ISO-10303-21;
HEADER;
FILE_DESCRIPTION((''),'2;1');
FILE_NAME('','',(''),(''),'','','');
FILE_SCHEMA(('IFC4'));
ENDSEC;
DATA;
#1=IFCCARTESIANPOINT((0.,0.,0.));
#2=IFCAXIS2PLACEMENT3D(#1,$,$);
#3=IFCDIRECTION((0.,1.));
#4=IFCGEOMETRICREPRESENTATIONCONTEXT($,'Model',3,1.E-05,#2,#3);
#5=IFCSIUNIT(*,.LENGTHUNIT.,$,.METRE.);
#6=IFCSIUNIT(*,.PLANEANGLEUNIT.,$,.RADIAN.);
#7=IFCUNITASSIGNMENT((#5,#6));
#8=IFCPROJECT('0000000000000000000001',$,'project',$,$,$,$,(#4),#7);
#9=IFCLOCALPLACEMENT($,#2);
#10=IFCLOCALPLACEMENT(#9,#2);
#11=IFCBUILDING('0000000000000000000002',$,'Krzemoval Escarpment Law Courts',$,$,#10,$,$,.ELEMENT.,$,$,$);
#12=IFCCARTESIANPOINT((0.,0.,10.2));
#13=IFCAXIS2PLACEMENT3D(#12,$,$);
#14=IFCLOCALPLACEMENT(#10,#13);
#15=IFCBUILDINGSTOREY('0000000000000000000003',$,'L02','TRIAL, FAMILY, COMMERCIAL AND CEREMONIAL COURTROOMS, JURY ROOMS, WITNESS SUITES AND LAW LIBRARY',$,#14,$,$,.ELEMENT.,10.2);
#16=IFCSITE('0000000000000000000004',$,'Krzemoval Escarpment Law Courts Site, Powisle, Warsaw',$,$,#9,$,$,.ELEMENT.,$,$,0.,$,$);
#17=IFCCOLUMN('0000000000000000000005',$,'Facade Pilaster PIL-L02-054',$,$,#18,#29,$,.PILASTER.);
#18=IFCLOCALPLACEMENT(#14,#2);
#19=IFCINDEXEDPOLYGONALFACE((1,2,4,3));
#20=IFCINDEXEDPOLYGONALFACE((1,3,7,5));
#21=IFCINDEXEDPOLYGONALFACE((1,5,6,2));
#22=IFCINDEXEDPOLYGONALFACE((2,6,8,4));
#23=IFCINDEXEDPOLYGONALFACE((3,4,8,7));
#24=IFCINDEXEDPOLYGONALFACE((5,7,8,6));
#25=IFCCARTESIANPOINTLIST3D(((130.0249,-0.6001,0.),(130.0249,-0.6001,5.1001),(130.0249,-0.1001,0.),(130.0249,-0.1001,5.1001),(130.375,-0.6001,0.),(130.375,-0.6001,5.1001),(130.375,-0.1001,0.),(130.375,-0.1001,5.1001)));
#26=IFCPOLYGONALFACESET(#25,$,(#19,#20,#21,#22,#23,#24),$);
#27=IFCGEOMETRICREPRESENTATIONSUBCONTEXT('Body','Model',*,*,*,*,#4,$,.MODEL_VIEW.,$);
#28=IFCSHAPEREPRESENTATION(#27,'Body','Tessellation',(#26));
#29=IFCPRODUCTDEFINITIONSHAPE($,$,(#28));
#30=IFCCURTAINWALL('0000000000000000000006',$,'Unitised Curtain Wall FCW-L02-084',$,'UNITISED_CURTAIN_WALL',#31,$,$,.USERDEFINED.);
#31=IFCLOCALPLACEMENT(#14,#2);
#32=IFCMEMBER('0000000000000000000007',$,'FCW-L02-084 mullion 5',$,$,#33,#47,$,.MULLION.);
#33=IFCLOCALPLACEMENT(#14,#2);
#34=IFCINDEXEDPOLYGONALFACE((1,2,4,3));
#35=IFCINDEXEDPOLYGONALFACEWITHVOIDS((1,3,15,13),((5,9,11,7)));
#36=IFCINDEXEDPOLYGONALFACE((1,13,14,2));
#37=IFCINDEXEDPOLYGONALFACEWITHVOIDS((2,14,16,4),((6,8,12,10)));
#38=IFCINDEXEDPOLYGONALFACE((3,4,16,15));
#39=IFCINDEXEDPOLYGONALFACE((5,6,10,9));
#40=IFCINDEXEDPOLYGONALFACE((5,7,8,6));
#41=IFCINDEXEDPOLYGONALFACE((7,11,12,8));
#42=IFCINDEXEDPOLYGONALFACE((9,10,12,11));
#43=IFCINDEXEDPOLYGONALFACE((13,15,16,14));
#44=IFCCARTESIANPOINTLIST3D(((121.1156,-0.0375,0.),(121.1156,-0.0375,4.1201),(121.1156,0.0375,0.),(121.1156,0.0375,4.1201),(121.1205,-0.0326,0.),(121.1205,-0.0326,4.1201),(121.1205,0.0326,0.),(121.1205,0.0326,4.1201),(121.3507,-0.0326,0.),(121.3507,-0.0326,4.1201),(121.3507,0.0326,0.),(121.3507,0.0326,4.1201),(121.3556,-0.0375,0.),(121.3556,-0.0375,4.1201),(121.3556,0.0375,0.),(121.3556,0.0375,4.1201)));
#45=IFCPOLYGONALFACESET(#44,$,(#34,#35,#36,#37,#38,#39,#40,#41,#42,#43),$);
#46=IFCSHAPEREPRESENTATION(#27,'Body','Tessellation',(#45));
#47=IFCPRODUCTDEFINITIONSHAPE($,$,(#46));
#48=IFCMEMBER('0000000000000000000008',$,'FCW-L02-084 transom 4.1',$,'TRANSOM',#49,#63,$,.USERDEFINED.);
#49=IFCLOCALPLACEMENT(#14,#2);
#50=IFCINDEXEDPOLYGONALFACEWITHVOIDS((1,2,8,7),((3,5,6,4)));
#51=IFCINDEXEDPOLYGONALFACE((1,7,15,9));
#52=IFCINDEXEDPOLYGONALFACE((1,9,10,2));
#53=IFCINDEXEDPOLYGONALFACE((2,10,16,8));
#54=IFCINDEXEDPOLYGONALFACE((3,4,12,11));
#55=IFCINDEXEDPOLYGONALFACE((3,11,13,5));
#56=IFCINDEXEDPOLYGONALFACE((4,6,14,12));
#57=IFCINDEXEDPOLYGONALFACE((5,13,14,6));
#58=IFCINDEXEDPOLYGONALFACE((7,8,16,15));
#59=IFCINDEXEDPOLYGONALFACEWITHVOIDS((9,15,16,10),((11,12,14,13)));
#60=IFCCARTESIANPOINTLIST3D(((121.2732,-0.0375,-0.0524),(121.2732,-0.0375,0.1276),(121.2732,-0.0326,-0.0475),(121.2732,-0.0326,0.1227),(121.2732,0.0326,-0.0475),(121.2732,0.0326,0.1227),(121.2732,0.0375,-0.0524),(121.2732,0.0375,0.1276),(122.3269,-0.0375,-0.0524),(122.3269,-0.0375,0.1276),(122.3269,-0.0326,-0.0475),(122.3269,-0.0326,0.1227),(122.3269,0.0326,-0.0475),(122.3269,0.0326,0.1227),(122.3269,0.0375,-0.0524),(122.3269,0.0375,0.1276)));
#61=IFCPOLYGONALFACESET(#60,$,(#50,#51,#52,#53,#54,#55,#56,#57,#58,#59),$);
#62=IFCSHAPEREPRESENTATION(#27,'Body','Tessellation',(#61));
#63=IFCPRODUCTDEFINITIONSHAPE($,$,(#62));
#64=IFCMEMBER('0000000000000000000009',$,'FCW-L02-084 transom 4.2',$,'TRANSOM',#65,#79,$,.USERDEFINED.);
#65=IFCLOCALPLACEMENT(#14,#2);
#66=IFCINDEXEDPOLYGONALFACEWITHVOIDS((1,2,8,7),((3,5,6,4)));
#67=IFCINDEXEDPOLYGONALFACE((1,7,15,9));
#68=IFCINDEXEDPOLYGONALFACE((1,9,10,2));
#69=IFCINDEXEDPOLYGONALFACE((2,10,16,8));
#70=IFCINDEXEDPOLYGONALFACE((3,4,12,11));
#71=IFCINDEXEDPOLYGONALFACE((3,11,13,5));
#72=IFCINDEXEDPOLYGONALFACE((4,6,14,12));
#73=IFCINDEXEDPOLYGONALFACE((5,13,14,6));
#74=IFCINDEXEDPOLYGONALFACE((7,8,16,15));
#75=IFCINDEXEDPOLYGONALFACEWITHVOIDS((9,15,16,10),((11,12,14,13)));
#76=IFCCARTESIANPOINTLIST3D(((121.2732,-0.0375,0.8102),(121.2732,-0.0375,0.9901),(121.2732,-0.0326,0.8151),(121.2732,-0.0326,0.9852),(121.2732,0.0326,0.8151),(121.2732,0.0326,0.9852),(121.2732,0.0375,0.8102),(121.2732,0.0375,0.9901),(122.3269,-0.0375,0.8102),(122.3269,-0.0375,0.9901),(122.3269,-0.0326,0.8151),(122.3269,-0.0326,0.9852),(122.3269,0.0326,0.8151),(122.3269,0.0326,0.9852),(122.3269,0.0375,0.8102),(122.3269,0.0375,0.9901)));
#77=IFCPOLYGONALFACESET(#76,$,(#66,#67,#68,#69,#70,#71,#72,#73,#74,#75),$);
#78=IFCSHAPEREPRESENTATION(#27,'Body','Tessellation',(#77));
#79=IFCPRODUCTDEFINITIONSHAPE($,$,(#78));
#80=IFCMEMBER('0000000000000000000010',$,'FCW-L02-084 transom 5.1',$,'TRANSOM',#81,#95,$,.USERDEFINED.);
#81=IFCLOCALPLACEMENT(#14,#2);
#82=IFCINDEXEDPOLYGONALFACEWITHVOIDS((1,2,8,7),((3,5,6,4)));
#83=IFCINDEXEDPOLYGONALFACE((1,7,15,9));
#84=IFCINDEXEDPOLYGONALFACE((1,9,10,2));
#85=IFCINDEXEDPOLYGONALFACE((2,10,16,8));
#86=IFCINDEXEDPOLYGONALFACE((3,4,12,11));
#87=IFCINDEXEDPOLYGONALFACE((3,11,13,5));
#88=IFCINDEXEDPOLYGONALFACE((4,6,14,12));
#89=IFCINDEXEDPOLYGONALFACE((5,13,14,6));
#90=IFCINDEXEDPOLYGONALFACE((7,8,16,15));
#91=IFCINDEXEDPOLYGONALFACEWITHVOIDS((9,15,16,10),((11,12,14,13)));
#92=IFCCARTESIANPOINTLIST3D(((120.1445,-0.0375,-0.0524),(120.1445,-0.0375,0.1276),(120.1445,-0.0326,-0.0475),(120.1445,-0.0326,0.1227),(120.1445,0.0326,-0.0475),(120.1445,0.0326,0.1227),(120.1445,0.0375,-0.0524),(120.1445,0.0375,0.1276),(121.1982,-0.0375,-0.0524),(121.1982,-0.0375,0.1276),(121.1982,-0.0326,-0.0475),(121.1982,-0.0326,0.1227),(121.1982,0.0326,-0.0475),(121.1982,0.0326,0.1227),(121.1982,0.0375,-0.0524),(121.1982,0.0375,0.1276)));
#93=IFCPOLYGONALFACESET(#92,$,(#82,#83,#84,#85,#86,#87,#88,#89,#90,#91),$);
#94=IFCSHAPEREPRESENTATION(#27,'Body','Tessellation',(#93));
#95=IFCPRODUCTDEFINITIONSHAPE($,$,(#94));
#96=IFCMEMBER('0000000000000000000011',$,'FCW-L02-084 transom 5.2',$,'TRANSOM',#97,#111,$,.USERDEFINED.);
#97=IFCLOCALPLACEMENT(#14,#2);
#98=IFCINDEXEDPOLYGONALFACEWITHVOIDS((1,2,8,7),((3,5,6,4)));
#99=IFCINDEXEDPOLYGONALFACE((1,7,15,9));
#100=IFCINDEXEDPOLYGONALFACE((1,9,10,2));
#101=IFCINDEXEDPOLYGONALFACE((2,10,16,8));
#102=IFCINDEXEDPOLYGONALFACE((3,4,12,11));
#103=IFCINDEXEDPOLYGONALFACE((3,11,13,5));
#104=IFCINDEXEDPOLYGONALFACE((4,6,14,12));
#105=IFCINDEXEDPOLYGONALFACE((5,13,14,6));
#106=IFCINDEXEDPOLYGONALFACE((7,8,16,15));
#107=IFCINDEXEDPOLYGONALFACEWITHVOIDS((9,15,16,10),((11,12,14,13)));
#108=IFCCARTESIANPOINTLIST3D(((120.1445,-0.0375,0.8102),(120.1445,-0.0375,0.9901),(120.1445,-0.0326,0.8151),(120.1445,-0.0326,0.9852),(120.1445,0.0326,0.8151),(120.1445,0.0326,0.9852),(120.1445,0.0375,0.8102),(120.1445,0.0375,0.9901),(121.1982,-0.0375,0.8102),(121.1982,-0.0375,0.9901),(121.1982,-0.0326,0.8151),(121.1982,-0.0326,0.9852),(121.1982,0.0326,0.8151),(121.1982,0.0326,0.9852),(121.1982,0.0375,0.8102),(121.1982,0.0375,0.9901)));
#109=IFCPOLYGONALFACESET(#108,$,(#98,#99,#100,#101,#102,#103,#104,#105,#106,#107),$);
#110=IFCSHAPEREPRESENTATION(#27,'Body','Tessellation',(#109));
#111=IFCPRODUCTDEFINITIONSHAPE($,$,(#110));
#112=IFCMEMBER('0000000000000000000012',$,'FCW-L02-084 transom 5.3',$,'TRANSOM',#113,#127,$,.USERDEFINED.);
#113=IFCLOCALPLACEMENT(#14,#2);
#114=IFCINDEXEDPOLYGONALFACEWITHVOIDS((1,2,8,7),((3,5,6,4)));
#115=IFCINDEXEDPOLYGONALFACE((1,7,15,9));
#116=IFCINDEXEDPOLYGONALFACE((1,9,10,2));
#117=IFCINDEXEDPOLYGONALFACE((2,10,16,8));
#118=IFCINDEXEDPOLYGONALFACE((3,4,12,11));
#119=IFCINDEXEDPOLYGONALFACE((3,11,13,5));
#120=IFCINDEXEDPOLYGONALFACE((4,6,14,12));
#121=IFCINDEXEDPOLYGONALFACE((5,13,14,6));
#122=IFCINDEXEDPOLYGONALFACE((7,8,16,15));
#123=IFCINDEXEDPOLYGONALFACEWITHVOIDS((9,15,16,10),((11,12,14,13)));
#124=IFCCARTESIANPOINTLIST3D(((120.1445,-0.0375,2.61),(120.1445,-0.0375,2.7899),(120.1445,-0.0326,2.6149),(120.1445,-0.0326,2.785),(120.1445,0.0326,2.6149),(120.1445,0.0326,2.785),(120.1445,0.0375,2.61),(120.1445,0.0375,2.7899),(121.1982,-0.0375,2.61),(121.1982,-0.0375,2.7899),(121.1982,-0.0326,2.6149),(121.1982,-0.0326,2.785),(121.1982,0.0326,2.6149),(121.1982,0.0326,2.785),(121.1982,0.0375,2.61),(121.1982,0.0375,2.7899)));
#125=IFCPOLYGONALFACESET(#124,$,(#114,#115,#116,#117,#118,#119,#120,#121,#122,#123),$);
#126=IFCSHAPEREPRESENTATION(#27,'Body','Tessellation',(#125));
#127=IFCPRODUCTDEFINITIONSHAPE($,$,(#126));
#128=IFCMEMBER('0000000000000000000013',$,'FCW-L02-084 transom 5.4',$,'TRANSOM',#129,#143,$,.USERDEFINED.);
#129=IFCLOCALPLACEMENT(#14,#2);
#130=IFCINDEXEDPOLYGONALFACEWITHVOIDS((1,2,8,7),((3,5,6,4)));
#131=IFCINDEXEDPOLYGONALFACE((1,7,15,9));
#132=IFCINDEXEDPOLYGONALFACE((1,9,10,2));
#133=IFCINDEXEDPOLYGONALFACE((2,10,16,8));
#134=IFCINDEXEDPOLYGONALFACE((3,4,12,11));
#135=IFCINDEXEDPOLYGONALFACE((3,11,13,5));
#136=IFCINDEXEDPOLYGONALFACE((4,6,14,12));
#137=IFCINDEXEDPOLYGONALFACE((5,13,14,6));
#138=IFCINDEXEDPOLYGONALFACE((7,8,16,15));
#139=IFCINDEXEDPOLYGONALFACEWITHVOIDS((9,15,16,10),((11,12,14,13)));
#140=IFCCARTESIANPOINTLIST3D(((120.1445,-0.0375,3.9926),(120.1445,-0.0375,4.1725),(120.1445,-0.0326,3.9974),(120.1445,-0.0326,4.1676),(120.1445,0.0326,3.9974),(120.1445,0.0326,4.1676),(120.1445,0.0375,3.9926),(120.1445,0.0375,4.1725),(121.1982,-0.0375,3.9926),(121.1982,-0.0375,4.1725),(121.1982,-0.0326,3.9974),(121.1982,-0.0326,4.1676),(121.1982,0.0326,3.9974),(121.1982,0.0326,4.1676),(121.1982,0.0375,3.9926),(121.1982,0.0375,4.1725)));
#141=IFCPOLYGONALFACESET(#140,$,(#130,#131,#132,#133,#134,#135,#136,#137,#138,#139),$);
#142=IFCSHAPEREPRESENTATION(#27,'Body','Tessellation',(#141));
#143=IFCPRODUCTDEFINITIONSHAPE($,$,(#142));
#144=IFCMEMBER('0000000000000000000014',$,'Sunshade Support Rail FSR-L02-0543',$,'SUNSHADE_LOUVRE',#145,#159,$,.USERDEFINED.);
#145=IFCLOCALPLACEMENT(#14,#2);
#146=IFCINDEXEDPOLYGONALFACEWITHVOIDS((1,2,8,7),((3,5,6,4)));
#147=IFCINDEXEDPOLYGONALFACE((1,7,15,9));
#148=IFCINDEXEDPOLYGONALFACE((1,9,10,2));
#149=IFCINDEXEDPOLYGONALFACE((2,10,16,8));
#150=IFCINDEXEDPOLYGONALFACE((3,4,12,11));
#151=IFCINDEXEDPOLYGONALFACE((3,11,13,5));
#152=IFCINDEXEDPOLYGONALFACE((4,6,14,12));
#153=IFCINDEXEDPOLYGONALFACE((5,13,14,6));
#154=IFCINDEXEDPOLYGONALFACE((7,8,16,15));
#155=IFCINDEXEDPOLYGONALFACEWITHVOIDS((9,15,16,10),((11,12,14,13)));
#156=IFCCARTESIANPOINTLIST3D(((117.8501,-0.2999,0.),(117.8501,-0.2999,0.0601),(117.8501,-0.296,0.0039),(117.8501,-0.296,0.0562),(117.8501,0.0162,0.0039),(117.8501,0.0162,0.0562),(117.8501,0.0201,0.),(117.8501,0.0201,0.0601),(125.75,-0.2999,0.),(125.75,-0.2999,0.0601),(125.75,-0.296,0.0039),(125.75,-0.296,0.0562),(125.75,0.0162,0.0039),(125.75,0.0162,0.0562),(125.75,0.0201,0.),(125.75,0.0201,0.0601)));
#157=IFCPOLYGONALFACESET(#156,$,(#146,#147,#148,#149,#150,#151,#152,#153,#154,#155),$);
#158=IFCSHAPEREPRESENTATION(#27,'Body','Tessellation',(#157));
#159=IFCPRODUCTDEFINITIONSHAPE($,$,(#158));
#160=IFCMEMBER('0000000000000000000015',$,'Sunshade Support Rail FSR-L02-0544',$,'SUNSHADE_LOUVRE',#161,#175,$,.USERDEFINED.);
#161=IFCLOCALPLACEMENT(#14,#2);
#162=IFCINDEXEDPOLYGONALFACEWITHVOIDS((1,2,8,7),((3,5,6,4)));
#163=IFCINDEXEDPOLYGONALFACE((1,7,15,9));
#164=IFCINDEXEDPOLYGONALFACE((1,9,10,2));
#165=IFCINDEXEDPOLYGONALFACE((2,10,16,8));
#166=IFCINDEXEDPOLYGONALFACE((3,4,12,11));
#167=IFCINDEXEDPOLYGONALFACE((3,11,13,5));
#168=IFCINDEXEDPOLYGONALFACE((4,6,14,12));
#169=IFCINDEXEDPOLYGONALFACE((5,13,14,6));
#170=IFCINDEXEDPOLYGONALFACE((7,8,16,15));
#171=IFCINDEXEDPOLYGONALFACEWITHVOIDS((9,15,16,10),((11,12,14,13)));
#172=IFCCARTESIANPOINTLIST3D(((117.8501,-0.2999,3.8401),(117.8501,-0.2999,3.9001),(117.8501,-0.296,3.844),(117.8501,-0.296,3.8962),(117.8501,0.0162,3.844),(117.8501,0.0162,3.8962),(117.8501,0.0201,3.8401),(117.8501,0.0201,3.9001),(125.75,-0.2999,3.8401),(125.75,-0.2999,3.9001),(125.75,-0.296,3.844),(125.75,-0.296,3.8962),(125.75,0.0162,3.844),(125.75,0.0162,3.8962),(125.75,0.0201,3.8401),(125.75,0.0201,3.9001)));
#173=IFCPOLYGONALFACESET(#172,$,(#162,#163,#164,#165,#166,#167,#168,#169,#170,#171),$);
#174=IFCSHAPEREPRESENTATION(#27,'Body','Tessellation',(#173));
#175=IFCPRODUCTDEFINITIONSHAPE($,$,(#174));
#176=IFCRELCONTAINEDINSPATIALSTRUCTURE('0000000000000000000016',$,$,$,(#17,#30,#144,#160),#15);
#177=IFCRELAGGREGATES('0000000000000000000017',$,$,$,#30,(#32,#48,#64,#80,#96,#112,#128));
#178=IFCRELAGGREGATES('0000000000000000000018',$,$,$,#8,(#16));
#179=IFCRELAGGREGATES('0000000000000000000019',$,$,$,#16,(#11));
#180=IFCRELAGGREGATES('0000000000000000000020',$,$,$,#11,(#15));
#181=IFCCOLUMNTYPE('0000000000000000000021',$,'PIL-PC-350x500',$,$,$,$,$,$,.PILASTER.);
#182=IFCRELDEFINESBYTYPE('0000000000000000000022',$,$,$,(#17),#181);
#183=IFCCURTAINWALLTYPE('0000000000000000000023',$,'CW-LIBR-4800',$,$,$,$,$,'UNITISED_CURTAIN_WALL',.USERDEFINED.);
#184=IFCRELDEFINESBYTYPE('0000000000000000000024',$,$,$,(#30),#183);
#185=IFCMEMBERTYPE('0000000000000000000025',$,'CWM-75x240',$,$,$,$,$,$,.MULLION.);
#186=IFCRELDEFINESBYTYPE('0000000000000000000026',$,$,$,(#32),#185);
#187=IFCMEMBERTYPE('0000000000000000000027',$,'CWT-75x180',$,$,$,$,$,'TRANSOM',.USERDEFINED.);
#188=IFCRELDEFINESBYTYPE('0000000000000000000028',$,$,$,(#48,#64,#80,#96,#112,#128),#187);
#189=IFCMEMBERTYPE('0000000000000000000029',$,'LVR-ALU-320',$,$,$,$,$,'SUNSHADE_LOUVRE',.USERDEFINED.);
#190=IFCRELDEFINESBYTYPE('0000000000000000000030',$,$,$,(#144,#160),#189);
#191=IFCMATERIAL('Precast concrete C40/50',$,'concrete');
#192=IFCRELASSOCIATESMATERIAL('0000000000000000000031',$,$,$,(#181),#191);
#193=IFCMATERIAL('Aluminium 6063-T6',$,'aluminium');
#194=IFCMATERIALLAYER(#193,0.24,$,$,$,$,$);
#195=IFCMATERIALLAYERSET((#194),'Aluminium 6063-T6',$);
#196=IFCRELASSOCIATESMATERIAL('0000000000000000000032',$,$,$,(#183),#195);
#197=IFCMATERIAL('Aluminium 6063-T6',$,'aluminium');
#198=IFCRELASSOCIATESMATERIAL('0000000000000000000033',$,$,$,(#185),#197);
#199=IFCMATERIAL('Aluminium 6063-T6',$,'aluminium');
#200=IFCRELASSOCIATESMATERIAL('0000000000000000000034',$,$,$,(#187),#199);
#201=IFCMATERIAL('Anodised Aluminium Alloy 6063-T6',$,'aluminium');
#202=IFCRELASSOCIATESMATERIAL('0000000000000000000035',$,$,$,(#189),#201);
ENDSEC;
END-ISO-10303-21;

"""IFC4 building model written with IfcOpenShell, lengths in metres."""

from ifc_helpers import new_model, si_unit, direction, frame, origin, origin_2d, place, context, subcontext, project, spatial, rectangle, hollow_rectangle, extrude, material, layer, layer_set, material_profile, profile_set, type_object, element, aggregate, save


model = new_model("IFC4")

# Units and contexts
model_context = context("Model", 3, precision=1e-05, world=origin(), true_north=direction((0.0, 1.0)))
body_context = subcontext(model_context, "Body", "Model", "MODEL_VIEW")
ifc_project = project(units=[si_unit("LENGTHUNIT", "METRE"), si_unit("PLANEANGLEUNIT", "RADIAN")], contexts=[model_context])

# Site, building, storey
site_placement = place(None, origin())
site = spatial("IfcSite", under=ifc_project, at=site_placement, Name="Krzemoval Escarpment Law Courts Site, Powisle, Warsaw", CompositionType="ELEMENT", RefElevation=0.0)
building_placement = place(site_placement, origin())
building = spatial("IfcBuilding", under=site, at=building_placement, Name="Krzemoval Escarpment Law Courts", CompositionType="ELEMENT")
storey_placement = place(building_placement, frame((0.0, 0.0, 10.2)))
storey = spatial("IfcBuildingStorey", under=building, at=storey_placement, Name="L02", Description="TRIAL, FAMILY, COMMERCIAL AND CEREMONIAL COURTROOMS, JURY ROOMS, WITNESS SUITES AND LAW LIBRARY", CompositionType="ELEMENT", Elevation=10.2)

# Column
ifc_material_1 = material(Name="Precast concrete C40/50", Category="concrete")
ifc_material_profile_1 = material_profile(ifc_material_1, rectangle(XDim=0.3501, YDim=0.5, at=origin_2d()), Name="PIL 350x500")
ifc_profile_set_1 = profile_set([ifc_material_profile_1], Name="Precast concrete C40/50")
column_type = type_object("IfcColumnType", Name="PIL-PC-350x500", PredefinedType="PILASTER", material=ifc_profile_set_1)
column_placement = place(storey_placement, frame((130.2, -0.3501, 0.0), z_axis=(0.0, 0.0, 1.0), x_axis=(1.0, 0.0, 0.0)))
element("IfcColumn", 1, at=column_placement, inside=storey, type_object=column_type, Name="Facade Pilaster PIL-L02-054", PredefinedType="PILASTER", context=body_context, shape_type="SweptSolid", body=[
    extrude(rectangle(XDim=0.3501, YDim=0.5, at=origin_2d()), origin(), (0.0, 0.0, 1.0), 5.1001),
])

# Curtain wall, members
ifc_material_2 = material(Name="Aluminium 6063-T6", Category="aluminium")
ifc_layer_1 = layer(ifc_material_2, 0.24)
ifc_layer_set_1 = layer_set([ifc_layer_1], Name="Aluminium 6063-T6")
curtain_wall_type = type_object("IfcCurtainWallType", Name="CW-LIBR-4800", ElementType="UNITISED_CURTAIN_WALL", PredefinedType="USERDEFINED", material=ifc_layer_set_1)
curtain_wall_placement = place(storey_placement, origin())
curtain_wall = element("IfcCurtainWall", 2, at=curtain_wall_placement, inside=storey, type_object=curtain_wall_type, Name="Unitised Curtain Wall FCW-L02-084", ObjectType="UNITISED_CURTAIN_WALL", PredefinedType="USERDEFINED")
ifc_material_3 = material(Name="Aluminium 6063-T6", Category="aluminium")
ifc_material_profile_2 = material_profile(ifc_material_3, hollow_rectangle(XDim=0.075, YDim=0.24, WallThickness=0.0049, at=origin_2d()), Name="ALU M75x240")
ifc_profile_set_2 = profile_set([ifc_material_profile_2], Name="Aluminium 6063-T6")
member_type_1 = type_object("IfcMemberType", Name="CWM-75x240", PredefinedType="MULLION", material=ifc_profile_set_2)
member_1_placement = place(storey_placement, frame((121.2356, 0.0, 0.0), z_axis=(0.0, 0.0, 1.0), x_axis=(0.0, -1.0, 0.0)))
member_1 = element("IfcMember", 3, at=member_1_placement, type_object=member_type_1, Name="FCW-L02-084 mullion 5", PredefinedType="MULLION", context=body_context, shape_type="SweptSolid", body=[
    extrude(hollow_rectangle(XDim=0.075, YDim=0.24, WallThickness=0.0049, at=origin_2d()), origin(), (0.0, 0.0, 1.0), 4.1201),
])
ifc_material_4 = material(Name="Aluminium 6063-T6", Category="aluminium")
ifc_material_profile_3 = material_profile(ifc_material_4, hollow_rectangle(XDim=0.075, YDim=0.1799, WallThickness=0.0049, at=origin_2d()), Name="ALU T75x180")
ifc_profile_set_3 = profile_set([ifc_material_profile_3], Name="Aluminium 6063-T6")
member_type_2 = type_object("IfcMemberType", Name="CWT-75x180", ElementType="TRANSOM", PredefinedType="USERDEFINED", material=ifc_profile_set_3)
member_2_placement = place(storey_placement, frame((122.3269, 0.0, 0.0376), z_axis=(-1.0, 0.0, 0.0), x_axis=(0.0, -1.0, 0.0)))
member_2 = element("IfcMember", 4, at=member_2_placement, type_object=member_type_2, Name="FCW-L02-084 transom 4.1", ObjectType="TRANSOM", PredefinedType="USERDEFINED", context=body_context, shape_type="SweptSolid", body=[
    extrude(hollow_rectangle(XDim=0.075, YDim=0.1799, WallThickness=0.0049, at=origin_2d()), origin(), (0.0, 0.0, 1.0), 1.0537),
])
member_3_placement = place(storey_placement, frame((122.3269, 0.0, 0.9001), z_axis=(-1.0, 0.0, 0.0), x_axis=(0.0, -1.0, 0.0)))
member_3 = element("IfcMember", 5, at=member_3_placement, type_object=member_type_2, Name="FCW-L02-084 transom 4.2", ObjectType="TRANSOM", PredefinedType="USERDEFINED", context=body_context, shape_type="SweptSolid", body=[
    extrude(hollow_rectangle(XDim=0.075, YDim=0.1799, WallThickness=0.0049, at=origin_2d()), origin(), (0.0, 0.0, 1.0), 1.0537),
])
member_4_placement = place(storey_placement, frame((121.1982, 0.0, 0.0376), z_axis=(-1.0, 0.0, 0.0), x_axis=(0.0, -1.0, 0.0)))
member_4 = element("IfcMember", 6, at=member_4_placement, type_object=member_type_2, Name="FCW-L02-084 transom 5.1", ObjectType="TRANSOM", PredefinedType="USERDEFINED", context=body_context, shape_type="SweptSolid", body=[
    extrude(hollow_rectangle(XDim=0.075, YDim=0.1799, WallThickness=0.0049, at=origin_2d()), origin(), (0.0, 0.0, 1.0), 1.0537),
])
member_5_placement = place(storey_placement, frame((121.1982, 0.0, 0.9001), z_axis=(-1.0, 0.0, 0.0), x_axis=(0.0, -1.0, 0.0)))
member_5 = element("IfcMember", 7, at=member_5_placement, type_object=member_type_2, Name="FCW-L02-084 transom 5.2", ObjectType="TRANSOM", PredefinedType="USERDEFINED", context=body_context, shape_type="SweptSolid", body=[
    extrude(hollow_rectangle(XDim=0.075, YDim=0.1799, WallThickness=0.0049, at=origin_2d()), origin(), (0.0, 0.0, 1.0), 1.0537),
])
member_6_placement = place(storey_placement, frame((121.1982, 0.0, 2.7), z_axis=(-1.0, 0.0, 0.0), x_axis=(0.0, -1.0, 0.0)))
member_6 = element("IfcMember", 8, at=member_6_placement, type_object=member_type_2, Name="FCW-L02-084 transom 5.3", ObjectType="TRANSOM", PredefinedType="USERDEFINED", context=body_context, shape_type="SweptSolid", body=[
    extrude(hollow_rectangle(XDim=0.075, YDim=0.1799, WallThickness=0.0049, at=origin_2d()), origin(), (0.0, 0.0, 1.0), 1.0537),
])
member_7_placement = place(storey_placement, frame((121.1982, 0.0, 4.0825), z_axis=(-1.0, 0.0, 0.0), x_axis=(0.0, -1.0, 0.0)))
member_7 = element("IfcMember", 9, at=member_7_placement, type_object=member_type_2, Name="FCW-L02-084 transom 5.4", ObjectType="TRANSOM", PredefinedType="USERDEFINED", context=body_context, shape_type="SweptSolid", body=[
    extrude(hollow_rectangle(XDim=0.075, YDim=0.1799, WallThickness=0.0049, at=origin_2d()), origin(), (0.0, 0.0, 1.0), 1.0537),
])

# Members
ifc_material_5 = material(Name="Anodised Aluminium Alloy 6063-T6", Category="aluminium")
ifc_material_profile_4 = material_profile(ifc_material_5, hollow_rectangle(XDim=0.0601, YDim=0.3201, WallThickness=0.0039, at=origin_2d()), Name="ALU LVR 60x320")
ifc_profile_set_4 = profile_set([ifc_material_profile_4], Name="Anodised Aluminium Alloy 6063-T6")
member_type_3 = type_object("IfcMemberType", Name="LVR-ALU-320", ElementType="SUNSHADE_LOUVRE", PredefinedType="USERDEFINED", material=ifc_profile_set_4)
for number, where, z_axis, x_axis, name in (
    (10, (125.75, -0.1399, 0.03), (-1.0, 0.0, 0.0), (0.0, 0.0, 1.0), "Sunshade Support Rail FSR-L02-0543"),
    (11, (125.75, -0.1399, 3.8701), (-1.0, 0.0, 0.0), (0.0, 0.0, 1.0), "Sunshade Support Rail FSR-L02-0544"),
):
    element("IfcMember", number, at=place(storey_placement, frame(where, z_axis=z_axis, x_axis=x_axis)), inside=storey, type_object=member_type_3, Name=name, ObjectType="SUNSHADE_LOUVRE", PredefinedType="USERDEFINED", context=body_context, shape_type="SweptSolid", body=[
        extrude(hollow_rectangle(XDim=0.0601, YDim=0.3201, WallThickness=0.0039, at=origin_2d()), origin(), (0.0, 0.0, 1.0), 7.8999),
    ])

aggregate(curtain_wall, [member_1, member_2, member_3, member_4, member_5, member_6, member_7])

save(model, "model.ifc")
